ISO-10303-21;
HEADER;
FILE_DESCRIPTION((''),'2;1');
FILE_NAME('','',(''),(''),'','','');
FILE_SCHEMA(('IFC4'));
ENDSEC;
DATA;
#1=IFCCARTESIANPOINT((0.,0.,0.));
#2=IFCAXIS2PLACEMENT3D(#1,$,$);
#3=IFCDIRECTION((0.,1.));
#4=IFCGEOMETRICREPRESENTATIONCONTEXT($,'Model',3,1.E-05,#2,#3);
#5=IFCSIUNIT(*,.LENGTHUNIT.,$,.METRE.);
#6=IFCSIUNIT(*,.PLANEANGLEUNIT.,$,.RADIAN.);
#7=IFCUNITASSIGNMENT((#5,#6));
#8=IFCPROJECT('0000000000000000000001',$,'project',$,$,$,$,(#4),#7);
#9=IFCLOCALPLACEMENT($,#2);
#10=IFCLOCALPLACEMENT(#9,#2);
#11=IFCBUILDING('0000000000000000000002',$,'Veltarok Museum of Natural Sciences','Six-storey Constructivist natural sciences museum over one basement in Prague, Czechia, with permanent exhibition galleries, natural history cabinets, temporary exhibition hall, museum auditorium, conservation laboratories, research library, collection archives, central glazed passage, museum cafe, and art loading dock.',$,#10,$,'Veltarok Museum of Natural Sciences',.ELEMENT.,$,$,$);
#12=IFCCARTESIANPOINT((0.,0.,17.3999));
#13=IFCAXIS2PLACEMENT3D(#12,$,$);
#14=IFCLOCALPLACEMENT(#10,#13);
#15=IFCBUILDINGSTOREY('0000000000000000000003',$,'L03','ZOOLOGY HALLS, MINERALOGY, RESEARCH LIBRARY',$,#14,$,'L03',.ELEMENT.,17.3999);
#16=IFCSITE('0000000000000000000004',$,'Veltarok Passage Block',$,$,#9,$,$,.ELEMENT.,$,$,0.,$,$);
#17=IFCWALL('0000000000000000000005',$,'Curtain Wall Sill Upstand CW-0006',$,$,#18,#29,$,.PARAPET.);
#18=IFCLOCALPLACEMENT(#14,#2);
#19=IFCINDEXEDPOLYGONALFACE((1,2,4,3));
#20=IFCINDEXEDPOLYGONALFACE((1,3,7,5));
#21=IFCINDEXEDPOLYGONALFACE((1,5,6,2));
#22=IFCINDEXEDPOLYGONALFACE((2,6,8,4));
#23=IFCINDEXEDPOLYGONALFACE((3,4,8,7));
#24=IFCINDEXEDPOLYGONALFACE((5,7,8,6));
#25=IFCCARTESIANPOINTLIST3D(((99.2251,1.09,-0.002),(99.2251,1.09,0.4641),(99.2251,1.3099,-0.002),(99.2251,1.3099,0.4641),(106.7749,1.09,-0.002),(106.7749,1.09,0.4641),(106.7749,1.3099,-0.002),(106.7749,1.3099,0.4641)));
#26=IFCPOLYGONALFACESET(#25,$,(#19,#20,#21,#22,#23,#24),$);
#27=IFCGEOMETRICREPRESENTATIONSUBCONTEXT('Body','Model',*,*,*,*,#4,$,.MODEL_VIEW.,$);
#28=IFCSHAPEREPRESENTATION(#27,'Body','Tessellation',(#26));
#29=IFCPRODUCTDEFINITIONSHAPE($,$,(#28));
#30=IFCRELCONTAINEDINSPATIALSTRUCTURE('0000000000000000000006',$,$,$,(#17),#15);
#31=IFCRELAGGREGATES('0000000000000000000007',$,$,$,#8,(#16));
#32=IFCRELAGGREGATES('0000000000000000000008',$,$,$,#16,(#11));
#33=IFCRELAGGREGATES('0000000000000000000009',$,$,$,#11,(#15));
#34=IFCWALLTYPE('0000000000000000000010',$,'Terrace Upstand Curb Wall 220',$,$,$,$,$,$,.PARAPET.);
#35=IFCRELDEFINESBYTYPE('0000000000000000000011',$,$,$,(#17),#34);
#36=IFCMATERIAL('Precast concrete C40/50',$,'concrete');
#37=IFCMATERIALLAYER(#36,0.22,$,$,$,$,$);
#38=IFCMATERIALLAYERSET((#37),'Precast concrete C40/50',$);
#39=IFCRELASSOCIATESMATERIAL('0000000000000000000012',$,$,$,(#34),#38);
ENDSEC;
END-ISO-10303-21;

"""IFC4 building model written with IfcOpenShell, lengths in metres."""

from ifc_helpers import new_model, si_unit, direction, frame, frame_2d, origin, place, context, subcontext, project, spatial, rectangle, extrude, material, layer, layer_set, type_object, element, save


model = new_model("IFC4")

# Units and contexts
model_context = context("Model", 3, precision=1e-05, world=origin(), true_north=direction((0.0, 1.0)))
body_context = subcontext(model_context, "Body", "Model", "MODEL_VIEW")
ifc_project = project(units=[si_unit("LENGTHUNIT", "METRE"), si_unit("PLANEANGLEUNIT", "RADIAN")], contexts=[model_context])

# Site, building, storey
site_placement = place(None, origin())
site = spatial("IfcSite", under=ifc_project, at=site_placement, Name="Veltarok Passage Block", CompositionType="ELEMENT", RefElevation=0.0)
building_placement = place(site_placement, origin())
building = spatial("IfcBuilding", under=site, at=building_placement, Name="Veltarok Museum of Natural Sciences", Description="Six-storey Constructivist natural sciences museum over one basement in Prague, Czechia, with permanent exhibition galleries, natural history cabinets, temporary exhibition hall, museum auditorium, conservation laboratories, research library, collection archives, central glazed passage, museum cafe, and art loading dock.", LongName="Veltarok Museum of Natural Sciences", CompositionType="ELEMENT")
storey_placement = place(building_placement, frame((0.0, 0.0, 17.3999)))
storey = spatial("IfcBuildingStorey", under=building, at=storey_placement, Name="L03", Description="ZOOLOGY HALLS, MINERALOGY, RESEARCH LIBRARY", LongName="L03", CompositionType="ELEMENT", Elevation=17.3999)

# Wall
ifc_material_1 = material(Name="Precast concrete C40/50", Category="concrete")
ifc_layer_1 = layer(ifc_material_1, 0.22)
ifc_layer_set_1 = layer_set([ifc_layer_1], Name="Precast concrete C40/50")
wall_type_1 = type_object("IfcWallType", Name="Terrace Upstand Curb Wall 220", PredefinedType="PARAPET", material=ifc_layer_set_1)
wall_1_placement = place(storey_placement, frame((99.2251, 1.2, -0.002), z_axis=(0.0, 0.0, 1.0), x_axis=(1.0, 0.0, 0.0)))
element("IfcWall", 1, at=wall_1_placement, inside=storey, type_object=wall_type_1, Name="Curtain Wall Sill Upstand CW-0006", PredefinedType="PARAPET", context=body_context, shape_type="SweptSolid", body=[
    extrude(rectangle(XDim=7.5498, YDim=0.22, at=frame_2d((3.7749, 0.0))), origin(), (0.0, 0.0, 1.0), 0.4661),
])

save(model, "model.ifc")
